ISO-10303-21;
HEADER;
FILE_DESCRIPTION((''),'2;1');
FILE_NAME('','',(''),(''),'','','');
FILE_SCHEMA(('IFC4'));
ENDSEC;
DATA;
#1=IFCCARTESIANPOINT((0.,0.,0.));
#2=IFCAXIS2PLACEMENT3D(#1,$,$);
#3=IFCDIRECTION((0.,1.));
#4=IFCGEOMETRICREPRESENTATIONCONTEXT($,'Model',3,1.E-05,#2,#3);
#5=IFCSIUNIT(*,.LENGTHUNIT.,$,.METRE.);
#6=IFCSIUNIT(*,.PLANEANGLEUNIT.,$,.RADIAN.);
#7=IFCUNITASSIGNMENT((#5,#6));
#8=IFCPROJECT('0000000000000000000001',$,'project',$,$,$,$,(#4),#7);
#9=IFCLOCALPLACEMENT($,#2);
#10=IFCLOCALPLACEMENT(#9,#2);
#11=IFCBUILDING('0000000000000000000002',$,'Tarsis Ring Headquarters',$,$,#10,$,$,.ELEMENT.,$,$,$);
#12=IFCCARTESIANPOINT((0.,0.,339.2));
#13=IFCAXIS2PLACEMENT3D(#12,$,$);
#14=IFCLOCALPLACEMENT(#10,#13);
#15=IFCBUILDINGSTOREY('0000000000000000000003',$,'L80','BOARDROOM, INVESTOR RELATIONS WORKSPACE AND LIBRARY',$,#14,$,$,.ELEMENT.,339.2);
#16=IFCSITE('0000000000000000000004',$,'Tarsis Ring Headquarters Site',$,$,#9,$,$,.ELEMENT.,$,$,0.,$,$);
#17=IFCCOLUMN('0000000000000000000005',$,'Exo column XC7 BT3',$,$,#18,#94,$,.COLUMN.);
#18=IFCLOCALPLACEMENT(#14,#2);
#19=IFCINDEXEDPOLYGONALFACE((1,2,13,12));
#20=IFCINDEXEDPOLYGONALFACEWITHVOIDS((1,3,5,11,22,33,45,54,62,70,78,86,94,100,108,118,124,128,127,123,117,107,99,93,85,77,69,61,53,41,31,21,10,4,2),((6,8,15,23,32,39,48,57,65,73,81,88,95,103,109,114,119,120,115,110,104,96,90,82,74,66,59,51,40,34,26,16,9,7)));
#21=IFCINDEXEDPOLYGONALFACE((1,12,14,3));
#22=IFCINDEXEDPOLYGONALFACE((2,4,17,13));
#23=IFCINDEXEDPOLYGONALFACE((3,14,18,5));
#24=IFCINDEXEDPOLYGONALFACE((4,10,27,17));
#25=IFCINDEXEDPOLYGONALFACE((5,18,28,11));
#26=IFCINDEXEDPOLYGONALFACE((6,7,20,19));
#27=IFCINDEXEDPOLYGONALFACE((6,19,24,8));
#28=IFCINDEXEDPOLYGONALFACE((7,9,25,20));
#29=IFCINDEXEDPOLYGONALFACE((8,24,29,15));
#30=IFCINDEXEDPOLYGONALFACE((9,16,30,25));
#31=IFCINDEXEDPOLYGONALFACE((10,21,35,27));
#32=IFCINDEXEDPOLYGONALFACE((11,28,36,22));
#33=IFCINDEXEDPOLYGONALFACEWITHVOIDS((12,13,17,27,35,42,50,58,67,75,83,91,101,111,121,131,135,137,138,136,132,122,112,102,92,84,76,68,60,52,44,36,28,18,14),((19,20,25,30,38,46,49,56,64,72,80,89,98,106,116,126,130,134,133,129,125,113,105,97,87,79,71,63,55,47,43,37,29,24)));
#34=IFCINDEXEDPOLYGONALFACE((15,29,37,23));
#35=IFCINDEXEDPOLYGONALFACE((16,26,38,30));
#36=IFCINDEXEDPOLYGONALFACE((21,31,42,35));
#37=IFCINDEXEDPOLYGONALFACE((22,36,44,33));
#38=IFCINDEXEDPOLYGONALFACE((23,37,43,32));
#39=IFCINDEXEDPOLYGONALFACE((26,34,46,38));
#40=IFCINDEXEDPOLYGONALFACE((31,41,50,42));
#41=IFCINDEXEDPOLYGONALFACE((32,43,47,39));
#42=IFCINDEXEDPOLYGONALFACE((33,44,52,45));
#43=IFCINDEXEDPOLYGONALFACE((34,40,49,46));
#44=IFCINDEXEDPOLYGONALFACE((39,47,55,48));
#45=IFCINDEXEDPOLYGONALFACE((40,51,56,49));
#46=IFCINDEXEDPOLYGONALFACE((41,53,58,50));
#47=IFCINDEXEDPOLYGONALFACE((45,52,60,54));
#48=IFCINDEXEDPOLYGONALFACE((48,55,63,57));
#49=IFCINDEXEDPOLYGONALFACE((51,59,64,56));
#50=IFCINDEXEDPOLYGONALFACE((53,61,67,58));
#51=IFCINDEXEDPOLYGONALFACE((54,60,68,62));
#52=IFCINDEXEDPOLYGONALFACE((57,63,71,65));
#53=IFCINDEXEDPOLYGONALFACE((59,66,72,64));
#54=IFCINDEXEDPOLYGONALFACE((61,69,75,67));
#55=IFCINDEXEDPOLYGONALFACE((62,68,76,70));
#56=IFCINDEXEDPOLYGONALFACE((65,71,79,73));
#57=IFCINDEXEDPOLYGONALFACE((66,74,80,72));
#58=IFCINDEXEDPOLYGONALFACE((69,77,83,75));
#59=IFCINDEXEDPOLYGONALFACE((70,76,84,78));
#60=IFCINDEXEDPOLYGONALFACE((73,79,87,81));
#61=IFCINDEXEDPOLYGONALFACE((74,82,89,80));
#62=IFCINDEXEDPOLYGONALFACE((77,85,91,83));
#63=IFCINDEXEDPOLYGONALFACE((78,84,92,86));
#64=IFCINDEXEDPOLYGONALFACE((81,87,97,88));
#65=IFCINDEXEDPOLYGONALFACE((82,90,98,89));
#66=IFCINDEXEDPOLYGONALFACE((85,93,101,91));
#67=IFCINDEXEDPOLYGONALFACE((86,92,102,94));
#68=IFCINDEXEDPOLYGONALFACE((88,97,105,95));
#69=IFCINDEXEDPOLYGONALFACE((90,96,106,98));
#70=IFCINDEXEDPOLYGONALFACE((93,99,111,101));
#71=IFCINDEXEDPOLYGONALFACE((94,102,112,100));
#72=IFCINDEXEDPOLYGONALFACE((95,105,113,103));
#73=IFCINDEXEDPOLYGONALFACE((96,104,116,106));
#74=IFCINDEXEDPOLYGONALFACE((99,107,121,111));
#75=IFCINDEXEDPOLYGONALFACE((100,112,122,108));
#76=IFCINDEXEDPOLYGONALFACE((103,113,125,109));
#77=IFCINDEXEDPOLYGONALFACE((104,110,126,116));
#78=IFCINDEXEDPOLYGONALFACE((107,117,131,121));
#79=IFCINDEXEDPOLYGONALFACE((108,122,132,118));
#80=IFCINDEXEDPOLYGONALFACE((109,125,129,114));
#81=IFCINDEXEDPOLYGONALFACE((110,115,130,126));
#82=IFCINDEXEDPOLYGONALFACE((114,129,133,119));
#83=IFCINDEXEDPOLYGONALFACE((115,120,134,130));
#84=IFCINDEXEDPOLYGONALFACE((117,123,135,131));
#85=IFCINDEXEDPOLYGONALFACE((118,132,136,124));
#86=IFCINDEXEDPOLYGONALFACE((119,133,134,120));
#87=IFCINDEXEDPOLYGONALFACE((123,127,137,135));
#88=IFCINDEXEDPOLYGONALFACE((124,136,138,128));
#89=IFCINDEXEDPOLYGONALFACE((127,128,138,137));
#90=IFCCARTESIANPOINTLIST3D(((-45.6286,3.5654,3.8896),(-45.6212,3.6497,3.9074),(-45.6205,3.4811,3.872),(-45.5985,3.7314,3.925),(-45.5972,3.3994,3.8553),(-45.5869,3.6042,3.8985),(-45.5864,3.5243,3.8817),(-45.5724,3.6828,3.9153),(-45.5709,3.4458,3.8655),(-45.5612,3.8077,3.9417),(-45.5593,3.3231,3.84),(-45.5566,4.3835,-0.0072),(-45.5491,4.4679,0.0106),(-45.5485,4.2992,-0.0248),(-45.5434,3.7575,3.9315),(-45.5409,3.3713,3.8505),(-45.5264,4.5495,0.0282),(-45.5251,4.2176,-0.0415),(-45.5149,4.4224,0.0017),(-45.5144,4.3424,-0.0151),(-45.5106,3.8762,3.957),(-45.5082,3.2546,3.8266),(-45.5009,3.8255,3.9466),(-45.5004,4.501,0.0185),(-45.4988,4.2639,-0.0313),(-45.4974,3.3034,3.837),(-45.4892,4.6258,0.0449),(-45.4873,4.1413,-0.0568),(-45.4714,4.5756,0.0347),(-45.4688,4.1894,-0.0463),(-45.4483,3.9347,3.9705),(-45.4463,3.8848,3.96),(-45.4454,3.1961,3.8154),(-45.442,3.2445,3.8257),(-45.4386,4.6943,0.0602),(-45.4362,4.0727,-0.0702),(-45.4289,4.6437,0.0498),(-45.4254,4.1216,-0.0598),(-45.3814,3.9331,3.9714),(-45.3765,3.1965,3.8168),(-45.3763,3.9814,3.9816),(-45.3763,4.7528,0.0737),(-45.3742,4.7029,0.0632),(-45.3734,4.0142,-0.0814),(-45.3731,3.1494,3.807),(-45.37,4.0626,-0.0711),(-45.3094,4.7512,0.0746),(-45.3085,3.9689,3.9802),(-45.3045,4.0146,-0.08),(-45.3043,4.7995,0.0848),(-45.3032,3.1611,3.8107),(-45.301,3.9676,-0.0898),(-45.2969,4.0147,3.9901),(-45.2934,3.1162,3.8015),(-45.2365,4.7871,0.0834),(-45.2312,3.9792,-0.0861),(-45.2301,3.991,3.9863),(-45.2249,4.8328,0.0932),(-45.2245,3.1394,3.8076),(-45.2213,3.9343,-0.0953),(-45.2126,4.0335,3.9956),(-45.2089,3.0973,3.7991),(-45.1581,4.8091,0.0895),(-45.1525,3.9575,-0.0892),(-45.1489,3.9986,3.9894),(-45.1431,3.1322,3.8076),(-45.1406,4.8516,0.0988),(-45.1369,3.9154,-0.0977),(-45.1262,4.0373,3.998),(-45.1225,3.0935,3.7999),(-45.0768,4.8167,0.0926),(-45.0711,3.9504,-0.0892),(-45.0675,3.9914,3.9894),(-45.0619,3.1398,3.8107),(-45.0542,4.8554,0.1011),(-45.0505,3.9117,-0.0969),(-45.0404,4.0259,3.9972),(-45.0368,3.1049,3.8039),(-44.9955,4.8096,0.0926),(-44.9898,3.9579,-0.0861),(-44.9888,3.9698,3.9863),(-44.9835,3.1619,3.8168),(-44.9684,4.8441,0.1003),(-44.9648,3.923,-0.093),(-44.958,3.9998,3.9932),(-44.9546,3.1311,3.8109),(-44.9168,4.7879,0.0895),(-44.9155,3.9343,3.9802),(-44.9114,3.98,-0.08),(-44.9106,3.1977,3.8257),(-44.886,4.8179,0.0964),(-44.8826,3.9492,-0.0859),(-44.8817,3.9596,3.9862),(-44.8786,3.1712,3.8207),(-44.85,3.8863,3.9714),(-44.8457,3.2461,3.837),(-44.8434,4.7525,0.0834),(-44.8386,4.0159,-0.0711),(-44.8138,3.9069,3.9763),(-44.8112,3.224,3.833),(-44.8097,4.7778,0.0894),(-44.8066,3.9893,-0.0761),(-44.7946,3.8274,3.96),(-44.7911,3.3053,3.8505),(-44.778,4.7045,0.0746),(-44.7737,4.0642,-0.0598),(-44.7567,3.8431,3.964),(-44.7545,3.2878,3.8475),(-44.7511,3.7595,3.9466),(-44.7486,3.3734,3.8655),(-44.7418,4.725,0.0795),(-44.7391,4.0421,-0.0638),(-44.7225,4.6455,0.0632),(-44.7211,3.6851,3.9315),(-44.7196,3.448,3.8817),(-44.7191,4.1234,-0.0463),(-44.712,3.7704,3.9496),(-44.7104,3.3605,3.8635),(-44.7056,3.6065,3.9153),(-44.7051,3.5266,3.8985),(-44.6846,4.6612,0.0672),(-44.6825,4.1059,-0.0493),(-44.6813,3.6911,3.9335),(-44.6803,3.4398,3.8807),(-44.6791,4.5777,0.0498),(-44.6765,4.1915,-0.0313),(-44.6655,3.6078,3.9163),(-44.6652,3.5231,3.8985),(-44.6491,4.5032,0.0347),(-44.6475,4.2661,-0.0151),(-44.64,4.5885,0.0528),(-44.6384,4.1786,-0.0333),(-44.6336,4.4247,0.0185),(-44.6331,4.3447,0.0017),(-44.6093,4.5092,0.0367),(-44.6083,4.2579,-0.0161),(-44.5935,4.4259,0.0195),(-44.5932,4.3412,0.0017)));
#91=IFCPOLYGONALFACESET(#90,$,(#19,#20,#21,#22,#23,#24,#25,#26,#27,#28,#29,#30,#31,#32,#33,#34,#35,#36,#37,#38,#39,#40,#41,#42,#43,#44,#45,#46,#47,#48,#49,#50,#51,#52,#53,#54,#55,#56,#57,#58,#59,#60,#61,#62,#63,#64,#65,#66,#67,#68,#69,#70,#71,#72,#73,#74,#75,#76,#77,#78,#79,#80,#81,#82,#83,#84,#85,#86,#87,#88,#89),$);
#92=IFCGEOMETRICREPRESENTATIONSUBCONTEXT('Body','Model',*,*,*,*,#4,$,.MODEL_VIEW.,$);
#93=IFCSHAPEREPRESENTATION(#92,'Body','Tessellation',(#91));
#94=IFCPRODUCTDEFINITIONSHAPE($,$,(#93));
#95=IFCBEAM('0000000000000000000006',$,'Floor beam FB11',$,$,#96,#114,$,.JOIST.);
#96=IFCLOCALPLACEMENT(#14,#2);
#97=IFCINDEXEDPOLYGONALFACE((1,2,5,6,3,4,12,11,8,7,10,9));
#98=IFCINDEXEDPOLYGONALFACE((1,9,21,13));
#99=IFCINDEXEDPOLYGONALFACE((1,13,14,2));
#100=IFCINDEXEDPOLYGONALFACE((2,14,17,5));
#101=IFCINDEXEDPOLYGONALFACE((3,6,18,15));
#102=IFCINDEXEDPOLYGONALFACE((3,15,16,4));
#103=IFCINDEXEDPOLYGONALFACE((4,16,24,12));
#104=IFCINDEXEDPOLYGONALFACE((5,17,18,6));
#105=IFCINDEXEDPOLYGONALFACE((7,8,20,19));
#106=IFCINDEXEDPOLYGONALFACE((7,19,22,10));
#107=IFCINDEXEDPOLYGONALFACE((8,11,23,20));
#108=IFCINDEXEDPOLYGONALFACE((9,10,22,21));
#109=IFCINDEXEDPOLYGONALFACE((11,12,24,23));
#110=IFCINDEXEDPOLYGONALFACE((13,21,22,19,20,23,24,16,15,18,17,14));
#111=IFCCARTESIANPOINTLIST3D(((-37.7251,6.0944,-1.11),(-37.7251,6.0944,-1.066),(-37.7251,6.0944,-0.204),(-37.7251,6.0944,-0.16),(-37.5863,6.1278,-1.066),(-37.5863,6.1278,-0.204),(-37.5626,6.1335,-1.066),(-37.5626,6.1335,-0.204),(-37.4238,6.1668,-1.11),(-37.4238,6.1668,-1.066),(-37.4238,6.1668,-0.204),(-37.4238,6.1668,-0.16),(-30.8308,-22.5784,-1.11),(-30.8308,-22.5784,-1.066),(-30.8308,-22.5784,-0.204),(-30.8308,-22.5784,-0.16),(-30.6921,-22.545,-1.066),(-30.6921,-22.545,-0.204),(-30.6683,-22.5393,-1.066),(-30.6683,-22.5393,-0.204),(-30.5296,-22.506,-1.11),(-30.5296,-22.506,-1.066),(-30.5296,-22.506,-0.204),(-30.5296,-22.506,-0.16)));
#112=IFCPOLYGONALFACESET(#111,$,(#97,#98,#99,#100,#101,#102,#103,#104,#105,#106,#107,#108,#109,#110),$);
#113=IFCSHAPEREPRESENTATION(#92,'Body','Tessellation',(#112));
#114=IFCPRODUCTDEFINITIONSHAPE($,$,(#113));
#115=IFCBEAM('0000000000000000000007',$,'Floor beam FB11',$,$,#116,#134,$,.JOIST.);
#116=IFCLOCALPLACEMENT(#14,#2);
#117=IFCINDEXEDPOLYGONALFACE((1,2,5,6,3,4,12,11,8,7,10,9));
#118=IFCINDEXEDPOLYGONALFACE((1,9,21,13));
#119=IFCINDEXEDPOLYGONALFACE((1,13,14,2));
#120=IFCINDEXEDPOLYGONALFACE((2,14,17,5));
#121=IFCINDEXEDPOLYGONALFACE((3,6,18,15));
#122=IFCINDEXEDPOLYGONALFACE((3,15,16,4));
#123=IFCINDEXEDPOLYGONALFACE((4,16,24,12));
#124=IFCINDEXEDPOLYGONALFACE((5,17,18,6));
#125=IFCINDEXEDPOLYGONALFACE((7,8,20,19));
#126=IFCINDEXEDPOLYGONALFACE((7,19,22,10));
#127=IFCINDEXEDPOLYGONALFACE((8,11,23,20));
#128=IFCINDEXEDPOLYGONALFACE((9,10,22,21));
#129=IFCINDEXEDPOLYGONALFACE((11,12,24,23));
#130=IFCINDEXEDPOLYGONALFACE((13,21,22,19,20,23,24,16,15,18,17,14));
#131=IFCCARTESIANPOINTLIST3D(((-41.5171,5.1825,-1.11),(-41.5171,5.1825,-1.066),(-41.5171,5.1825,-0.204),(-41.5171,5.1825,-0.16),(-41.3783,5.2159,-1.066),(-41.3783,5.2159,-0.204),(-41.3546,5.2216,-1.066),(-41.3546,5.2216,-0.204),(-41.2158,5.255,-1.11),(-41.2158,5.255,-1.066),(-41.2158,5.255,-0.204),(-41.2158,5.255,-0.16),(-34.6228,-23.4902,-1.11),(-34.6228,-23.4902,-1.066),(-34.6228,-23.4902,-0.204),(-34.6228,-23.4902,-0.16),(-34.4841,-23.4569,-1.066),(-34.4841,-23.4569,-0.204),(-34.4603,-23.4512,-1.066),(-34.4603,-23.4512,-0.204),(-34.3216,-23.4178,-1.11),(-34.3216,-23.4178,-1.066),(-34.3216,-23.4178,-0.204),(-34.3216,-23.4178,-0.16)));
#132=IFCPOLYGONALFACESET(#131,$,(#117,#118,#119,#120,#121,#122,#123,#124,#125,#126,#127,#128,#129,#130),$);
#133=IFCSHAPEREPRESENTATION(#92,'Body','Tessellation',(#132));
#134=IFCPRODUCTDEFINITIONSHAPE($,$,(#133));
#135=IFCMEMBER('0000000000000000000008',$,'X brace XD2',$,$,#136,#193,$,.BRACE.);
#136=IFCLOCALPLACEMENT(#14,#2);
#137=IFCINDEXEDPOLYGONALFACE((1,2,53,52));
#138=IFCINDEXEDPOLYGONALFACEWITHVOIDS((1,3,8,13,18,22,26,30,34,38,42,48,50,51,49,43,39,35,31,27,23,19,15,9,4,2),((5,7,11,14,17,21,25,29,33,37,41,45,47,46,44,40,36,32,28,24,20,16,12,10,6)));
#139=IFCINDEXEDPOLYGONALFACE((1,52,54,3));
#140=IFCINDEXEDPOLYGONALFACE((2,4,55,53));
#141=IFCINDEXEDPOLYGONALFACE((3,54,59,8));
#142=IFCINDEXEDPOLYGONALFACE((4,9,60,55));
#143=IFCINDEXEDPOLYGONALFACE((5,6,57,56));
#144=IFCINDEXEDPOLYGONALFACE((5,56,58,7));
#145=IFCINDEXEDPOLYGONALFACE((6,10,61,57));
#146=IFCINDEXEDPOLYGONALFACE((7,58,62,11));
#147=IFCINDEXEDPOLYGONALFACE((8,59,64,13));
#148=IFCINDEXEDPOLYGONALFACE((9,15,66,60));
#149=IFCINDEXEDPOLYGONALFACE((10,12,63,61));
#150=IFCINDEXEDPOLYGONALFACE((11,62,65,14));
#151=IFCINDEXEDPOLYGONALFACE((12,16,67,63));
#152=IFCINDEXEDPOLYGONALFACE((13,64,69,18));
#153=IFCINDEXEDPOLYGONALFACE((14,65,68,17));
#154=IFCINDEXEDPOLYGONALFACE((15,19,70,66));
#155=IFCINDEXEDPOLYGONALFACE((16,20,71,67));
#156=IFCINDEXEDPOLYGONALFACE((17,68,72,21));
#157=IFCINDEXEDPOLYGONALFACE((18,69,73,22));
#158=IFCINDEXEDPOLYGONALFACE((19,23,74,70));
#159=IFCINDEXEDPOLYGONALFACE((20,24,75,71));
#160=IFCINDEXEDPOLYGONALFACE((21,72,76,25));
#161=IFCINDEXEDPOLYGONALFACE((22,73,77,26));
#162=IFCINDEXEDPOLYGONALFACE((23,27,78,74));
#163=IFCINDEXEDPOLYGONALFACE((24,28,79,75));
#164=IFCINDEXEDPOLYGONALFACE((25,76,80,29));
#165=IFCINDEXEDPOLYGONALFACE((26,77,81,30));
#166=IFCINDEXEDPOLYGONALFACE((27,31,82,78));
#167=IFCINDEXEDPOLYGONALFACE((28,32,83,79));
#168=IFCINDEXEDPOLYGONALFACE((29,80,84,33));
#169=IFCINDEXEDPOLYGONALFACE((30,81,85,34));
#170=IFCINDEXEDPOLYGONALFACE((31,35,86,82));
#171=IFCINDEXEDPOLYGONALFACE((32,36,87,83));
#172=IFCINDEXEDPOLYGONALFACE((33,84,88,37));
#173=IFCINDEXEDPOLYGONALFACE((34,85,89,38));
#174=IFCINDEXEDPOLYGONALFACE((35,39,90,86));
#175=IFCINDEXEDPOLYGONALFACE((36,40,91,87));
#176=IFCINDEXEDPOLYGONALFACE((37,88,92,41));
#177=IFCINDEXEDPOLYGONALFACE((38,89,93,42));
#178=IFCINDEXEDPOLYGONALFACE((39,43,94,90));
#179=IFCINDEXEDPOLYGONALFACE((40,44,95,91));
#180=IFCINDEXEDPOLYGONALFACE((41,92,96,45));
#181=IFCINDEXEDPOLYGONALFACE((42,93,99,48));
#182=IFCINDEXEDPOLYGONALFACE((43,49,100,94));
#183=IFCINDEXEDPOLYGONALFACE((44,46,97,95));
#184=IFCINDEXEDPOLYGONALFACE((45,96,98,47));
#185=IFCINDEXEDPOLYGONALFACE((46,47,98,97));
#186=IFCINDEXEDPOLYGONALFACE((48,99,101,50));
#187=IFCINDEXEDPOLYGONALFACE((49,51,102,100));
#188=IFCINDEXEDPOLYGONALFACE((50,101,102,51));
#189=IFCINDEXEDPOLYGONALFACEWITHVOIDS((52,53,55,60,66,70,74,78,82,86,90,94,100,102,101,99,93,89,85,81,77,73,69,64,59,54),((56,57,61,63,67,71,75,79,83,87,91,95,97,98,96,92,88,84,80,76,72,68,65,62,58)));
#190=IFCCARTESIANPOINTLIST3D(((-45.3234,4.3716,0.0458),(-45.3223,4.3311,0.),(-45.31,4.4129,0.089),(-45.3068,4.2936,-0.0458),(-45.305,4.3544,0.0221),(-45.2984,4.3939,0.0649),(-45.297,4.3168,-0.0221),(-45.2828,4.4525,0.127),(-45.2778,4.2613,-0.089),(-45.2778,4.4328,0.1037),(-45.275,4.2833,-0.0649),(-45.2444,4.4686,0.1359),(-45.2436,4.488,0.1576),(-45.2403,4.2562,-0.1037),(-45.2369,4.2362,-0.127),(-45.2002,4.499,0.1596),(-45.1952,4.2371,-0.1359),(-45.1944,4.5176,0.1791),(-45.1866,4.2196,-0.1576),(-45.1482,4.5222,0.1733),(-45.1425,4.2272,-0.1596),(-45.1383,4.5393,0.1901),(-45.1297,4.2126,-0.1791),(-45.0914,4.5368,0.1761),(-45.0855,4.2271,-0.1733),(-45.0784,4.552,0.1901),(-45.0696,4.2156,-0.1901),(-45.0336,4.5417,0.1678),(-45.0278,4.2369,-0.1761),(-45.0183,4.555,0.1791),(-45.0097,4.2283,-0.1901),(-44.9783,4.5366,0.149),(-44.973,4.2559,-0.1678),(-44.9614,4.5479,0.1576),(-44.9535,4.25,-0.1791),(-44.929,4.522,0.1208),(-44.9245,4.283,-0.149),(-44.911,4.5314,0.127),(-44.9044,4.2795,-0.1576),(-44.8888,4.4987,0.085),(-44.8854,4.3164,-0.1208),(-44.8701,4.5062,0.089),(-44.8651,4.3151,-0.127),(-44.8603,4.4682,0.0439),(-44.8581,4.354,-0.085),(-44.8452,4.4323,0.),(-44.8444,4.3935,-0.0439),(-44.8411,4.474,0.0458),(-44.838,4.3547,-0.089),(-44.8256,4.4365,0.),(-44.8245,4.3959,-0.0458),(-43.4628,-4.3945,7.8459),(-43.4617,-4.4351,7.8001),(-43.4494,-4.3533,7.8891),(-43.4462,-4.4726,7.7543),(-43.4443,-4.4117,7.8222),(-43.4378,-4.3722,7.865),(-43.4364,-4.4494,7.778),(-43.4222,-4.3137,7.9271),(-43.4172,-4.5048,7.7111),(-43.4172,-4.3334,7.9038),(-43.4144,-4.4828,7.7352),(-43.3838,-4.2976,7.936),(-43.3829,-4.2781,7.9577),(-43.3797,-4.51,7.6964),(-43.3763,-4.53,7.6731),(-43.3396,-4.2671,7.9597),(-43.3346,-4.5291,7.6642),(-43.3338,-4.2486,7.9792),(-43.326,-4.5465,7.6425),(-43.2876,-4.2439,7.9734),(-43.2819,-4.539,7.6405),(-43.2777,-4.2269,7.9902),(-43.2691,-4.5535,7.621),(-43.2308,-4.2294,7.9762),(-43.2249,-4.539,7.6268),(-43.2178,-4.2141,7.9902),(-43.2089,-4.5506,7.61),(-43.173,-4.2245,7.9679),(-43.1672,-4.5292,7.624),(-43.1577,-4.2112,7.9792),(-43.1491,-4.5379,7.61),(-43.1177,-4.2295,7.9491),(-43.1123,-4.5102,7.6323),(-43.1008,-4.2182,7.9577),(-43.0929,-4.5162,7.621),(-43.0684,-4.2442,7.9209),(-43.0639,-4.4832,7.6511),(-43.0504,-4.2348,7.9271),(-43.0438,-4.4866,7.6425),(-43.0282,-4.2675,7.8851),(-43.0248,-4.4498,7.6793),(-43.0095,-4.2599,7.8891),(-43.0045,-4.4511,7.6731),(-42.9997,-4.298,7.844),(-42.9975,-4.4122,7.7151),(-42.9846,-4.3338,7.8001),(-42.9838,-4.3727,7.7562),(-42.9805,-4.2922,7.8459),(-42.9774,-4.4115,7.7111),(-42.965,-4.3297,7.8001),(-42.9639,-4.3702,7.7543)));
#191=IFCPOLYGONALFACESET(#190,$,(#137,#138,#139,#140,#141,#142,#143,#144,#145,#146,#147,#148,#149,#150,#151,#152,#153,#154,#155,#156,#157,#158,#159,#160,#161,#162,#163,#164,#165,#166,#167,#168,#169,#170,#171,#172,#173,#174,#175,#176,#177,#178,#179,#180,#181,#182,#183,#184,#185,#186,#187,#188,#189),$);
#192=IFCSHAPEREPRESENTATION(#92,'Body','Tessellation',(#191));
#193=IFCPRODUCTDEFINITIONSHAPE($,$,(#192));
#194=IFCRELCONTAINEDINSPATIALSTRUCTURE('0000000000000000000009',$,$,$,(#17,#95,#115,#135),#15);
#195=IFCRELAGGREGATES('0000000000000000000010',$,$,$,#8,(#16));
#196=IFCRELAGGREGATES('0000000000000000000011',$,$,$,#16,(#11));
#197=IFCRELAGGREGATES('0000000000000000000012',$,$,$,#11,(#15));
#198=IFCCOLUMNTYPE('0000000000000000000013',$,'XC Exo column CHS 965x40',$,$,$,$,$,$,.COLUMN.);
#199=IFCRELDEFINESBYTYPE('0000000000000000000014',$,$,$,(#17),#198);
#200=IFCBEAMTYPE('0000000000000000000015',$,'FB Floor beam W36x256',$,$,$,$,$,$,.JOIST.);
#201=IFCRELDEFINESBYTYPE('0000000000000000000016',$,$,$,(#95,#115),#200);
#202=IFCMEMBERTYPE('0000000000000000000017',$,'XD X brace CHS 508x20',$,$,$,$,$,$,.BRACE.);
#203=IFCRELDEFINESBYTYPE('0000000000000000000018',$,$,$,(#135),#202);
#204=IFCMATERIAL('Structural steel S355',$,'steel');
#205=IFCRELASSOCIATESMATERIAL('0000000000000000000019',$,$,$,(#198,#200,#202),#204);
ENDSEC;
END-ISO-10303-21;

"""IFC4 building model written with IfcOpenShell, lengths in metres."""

from ifc_helpers import new_model, si_unit, direction, frame, origin, origin_2d, place, context, subcontext, project, spatial, hollow_circle, i_section, extrude, material, material_profile, profile_set, type_object, element, save


model = new_model("IFC4")

# Units and contexts
model_context = context("Model", 3, precision=1e-05, world=origin(), true_north=direction((0.0, 1.0)))
body_context = subcontext(model_context, "Body", "Model", "MODEL_VIEW")
ifc_project = project(units=[si_unit("LENGTHUNIT", "METRE"), si_unit("PLANEANGLEUNIT", "RADIAN")], contexts=[model_context])

# Site, building, storey
site_placement = place(None, origin())
site = spatial("IfcSite", under=ifc_project, at=site_placement, Name="Tarsis Ring Headquarters Site", CompositionType="ELEMENT", RefElevation=0.0)
building_placement = place(site_placement, origin())
building = spatial("IfcBuilding", under=site, at=building_placement, Name="Tarsis Ring Headquarters", CompositionType="ELEMENT")
storey_placement = place(building_placement, frame((0.0, 0.0, 339.2)))
storey = spatial("IfcBuildingStorey", under=building, at=storey_placement, Name="L80", Description="BOARDROOM, INVESTOR RELATIONS WORKSPACE AND LIBRARY", CompositionType="ELEMENT", Elevation=339.2)

# Column
ifc_material_1 = material(Name="Structural steel S355", Category="steel")
ifc_material_profile_1 = material_profile(ifc_material_1, hollow_circle(Radius=0.4827, WallThickness=0.04, at=origin_2d()), Name="CHS 965x40")
ifc_profile_set_1 = profile_set([ifc_material_profile_1], Name="Structural steel S355")
column_type = type_object("IfcColumnType", Name="XC Exo column CHS 965x40", PredefinedType="COLUMN", material=ifc_profile_set_1)
column_placement = place(storey_placement, frame((-45.074, 4.3835, 0.0017), z_axis=(-0.018085, -0.205436, 0.978503), x_axis=(0.996147, -0.087694, 0.0)))
element("IfcColumn", 1, at=column_placement, inside=storey, type_object=column_type, Name="Exo column XC7 BT3", PredefinedType="COLUMN", context=body_context, shape_type="SweptSolid", body=[
    extrude(hollow_circle(Radius=0.4827, WallThickness=0.04, at=origin_2d()), origin(), (0.0, 0.0, 1.0), 3.9824),
])

# Beams
ifc_material_profile_2 = material_profile(ifc_material_1, i_section(OverallWidth=0.3098, OverallDepth=0.95, WebThickness=0.0244, FlangeThickness=0.0439, at=origin_2d()), Name="W36x256")
ifc_profile_set_2 = profile_set([ifc_material_profile_2], Name="Structural steel S355")
beam_type_1 = type_object("IfcBeamType", Name="FB Floor beam W36x256", PredefinedType="JOIST", material=ifc_profile_set_2)
for number, where, z_axis, x_axis, name in (
    (2, (-37.5745, 6.1306, -0.635), (0.233783, -0.972289, 0.0), (0.972289, 0.233783, 0.0), "Floor beam FB11"),
    (3, (-41.3665, 5.2188, -0.635), (0.233783, -0.972289, 0.0), (0.972289, 0.233783, 0.0), "Floor beam FB11"),
):
    element("IfcBeam", number, at=place(storey_placement, frame(where, z_axis=z_axis, x_axis=x_axis)), inside=storey, type_object=beam_type_1, Name=name, PredefinedType="JOIST", context=body_context, shape_type="SweptSolid", body=[
        extrude(i_section(OverallWidth=0.3098, OverallDepth=0.95, WebThickness=0.0244, FlangeThickness=0.0439, at=origin_2d()), origin(), (0.0, 0.0, 1.0), 29.49),
    ])

# Member
ifc_material_profile_3 = material_profile(ifc_material_1, hollow_circle(Radius=0.2539, WallThickness=0.02, at=origin_2d()), Name="CHS 508x20")
ifc_profile_set_3 = profile_set([ifc_material_profile_3], Name="Structural steel S355")
member_type = type_object("IfcMemberType", Name="XD X brace CHS 508x20", PredefinedType="BRACE", material=ifc_profile_set_3)
member_placement = place(storey_placement, frame((-45.074, 4.3838, 0.0), z_axis=(0.156609, -0.737855, 0.65654), x_axis=(0.978209, 0.207623, 0.0)))
element("IfcMember", 4, at=member_placement, inside=storey, type_object=member_type, Name="X brace XD2", PredefinedType="BRACE", context=body_context, shape_type="SweptSolid", body=[
    extrude(hollow_circle(Radius=0.2539, WallThickness=0.02, at=origin_2d()), origin(), (0.0, 0.0, 1.0), 11.8806),
])

save(model, "model.ifc")
